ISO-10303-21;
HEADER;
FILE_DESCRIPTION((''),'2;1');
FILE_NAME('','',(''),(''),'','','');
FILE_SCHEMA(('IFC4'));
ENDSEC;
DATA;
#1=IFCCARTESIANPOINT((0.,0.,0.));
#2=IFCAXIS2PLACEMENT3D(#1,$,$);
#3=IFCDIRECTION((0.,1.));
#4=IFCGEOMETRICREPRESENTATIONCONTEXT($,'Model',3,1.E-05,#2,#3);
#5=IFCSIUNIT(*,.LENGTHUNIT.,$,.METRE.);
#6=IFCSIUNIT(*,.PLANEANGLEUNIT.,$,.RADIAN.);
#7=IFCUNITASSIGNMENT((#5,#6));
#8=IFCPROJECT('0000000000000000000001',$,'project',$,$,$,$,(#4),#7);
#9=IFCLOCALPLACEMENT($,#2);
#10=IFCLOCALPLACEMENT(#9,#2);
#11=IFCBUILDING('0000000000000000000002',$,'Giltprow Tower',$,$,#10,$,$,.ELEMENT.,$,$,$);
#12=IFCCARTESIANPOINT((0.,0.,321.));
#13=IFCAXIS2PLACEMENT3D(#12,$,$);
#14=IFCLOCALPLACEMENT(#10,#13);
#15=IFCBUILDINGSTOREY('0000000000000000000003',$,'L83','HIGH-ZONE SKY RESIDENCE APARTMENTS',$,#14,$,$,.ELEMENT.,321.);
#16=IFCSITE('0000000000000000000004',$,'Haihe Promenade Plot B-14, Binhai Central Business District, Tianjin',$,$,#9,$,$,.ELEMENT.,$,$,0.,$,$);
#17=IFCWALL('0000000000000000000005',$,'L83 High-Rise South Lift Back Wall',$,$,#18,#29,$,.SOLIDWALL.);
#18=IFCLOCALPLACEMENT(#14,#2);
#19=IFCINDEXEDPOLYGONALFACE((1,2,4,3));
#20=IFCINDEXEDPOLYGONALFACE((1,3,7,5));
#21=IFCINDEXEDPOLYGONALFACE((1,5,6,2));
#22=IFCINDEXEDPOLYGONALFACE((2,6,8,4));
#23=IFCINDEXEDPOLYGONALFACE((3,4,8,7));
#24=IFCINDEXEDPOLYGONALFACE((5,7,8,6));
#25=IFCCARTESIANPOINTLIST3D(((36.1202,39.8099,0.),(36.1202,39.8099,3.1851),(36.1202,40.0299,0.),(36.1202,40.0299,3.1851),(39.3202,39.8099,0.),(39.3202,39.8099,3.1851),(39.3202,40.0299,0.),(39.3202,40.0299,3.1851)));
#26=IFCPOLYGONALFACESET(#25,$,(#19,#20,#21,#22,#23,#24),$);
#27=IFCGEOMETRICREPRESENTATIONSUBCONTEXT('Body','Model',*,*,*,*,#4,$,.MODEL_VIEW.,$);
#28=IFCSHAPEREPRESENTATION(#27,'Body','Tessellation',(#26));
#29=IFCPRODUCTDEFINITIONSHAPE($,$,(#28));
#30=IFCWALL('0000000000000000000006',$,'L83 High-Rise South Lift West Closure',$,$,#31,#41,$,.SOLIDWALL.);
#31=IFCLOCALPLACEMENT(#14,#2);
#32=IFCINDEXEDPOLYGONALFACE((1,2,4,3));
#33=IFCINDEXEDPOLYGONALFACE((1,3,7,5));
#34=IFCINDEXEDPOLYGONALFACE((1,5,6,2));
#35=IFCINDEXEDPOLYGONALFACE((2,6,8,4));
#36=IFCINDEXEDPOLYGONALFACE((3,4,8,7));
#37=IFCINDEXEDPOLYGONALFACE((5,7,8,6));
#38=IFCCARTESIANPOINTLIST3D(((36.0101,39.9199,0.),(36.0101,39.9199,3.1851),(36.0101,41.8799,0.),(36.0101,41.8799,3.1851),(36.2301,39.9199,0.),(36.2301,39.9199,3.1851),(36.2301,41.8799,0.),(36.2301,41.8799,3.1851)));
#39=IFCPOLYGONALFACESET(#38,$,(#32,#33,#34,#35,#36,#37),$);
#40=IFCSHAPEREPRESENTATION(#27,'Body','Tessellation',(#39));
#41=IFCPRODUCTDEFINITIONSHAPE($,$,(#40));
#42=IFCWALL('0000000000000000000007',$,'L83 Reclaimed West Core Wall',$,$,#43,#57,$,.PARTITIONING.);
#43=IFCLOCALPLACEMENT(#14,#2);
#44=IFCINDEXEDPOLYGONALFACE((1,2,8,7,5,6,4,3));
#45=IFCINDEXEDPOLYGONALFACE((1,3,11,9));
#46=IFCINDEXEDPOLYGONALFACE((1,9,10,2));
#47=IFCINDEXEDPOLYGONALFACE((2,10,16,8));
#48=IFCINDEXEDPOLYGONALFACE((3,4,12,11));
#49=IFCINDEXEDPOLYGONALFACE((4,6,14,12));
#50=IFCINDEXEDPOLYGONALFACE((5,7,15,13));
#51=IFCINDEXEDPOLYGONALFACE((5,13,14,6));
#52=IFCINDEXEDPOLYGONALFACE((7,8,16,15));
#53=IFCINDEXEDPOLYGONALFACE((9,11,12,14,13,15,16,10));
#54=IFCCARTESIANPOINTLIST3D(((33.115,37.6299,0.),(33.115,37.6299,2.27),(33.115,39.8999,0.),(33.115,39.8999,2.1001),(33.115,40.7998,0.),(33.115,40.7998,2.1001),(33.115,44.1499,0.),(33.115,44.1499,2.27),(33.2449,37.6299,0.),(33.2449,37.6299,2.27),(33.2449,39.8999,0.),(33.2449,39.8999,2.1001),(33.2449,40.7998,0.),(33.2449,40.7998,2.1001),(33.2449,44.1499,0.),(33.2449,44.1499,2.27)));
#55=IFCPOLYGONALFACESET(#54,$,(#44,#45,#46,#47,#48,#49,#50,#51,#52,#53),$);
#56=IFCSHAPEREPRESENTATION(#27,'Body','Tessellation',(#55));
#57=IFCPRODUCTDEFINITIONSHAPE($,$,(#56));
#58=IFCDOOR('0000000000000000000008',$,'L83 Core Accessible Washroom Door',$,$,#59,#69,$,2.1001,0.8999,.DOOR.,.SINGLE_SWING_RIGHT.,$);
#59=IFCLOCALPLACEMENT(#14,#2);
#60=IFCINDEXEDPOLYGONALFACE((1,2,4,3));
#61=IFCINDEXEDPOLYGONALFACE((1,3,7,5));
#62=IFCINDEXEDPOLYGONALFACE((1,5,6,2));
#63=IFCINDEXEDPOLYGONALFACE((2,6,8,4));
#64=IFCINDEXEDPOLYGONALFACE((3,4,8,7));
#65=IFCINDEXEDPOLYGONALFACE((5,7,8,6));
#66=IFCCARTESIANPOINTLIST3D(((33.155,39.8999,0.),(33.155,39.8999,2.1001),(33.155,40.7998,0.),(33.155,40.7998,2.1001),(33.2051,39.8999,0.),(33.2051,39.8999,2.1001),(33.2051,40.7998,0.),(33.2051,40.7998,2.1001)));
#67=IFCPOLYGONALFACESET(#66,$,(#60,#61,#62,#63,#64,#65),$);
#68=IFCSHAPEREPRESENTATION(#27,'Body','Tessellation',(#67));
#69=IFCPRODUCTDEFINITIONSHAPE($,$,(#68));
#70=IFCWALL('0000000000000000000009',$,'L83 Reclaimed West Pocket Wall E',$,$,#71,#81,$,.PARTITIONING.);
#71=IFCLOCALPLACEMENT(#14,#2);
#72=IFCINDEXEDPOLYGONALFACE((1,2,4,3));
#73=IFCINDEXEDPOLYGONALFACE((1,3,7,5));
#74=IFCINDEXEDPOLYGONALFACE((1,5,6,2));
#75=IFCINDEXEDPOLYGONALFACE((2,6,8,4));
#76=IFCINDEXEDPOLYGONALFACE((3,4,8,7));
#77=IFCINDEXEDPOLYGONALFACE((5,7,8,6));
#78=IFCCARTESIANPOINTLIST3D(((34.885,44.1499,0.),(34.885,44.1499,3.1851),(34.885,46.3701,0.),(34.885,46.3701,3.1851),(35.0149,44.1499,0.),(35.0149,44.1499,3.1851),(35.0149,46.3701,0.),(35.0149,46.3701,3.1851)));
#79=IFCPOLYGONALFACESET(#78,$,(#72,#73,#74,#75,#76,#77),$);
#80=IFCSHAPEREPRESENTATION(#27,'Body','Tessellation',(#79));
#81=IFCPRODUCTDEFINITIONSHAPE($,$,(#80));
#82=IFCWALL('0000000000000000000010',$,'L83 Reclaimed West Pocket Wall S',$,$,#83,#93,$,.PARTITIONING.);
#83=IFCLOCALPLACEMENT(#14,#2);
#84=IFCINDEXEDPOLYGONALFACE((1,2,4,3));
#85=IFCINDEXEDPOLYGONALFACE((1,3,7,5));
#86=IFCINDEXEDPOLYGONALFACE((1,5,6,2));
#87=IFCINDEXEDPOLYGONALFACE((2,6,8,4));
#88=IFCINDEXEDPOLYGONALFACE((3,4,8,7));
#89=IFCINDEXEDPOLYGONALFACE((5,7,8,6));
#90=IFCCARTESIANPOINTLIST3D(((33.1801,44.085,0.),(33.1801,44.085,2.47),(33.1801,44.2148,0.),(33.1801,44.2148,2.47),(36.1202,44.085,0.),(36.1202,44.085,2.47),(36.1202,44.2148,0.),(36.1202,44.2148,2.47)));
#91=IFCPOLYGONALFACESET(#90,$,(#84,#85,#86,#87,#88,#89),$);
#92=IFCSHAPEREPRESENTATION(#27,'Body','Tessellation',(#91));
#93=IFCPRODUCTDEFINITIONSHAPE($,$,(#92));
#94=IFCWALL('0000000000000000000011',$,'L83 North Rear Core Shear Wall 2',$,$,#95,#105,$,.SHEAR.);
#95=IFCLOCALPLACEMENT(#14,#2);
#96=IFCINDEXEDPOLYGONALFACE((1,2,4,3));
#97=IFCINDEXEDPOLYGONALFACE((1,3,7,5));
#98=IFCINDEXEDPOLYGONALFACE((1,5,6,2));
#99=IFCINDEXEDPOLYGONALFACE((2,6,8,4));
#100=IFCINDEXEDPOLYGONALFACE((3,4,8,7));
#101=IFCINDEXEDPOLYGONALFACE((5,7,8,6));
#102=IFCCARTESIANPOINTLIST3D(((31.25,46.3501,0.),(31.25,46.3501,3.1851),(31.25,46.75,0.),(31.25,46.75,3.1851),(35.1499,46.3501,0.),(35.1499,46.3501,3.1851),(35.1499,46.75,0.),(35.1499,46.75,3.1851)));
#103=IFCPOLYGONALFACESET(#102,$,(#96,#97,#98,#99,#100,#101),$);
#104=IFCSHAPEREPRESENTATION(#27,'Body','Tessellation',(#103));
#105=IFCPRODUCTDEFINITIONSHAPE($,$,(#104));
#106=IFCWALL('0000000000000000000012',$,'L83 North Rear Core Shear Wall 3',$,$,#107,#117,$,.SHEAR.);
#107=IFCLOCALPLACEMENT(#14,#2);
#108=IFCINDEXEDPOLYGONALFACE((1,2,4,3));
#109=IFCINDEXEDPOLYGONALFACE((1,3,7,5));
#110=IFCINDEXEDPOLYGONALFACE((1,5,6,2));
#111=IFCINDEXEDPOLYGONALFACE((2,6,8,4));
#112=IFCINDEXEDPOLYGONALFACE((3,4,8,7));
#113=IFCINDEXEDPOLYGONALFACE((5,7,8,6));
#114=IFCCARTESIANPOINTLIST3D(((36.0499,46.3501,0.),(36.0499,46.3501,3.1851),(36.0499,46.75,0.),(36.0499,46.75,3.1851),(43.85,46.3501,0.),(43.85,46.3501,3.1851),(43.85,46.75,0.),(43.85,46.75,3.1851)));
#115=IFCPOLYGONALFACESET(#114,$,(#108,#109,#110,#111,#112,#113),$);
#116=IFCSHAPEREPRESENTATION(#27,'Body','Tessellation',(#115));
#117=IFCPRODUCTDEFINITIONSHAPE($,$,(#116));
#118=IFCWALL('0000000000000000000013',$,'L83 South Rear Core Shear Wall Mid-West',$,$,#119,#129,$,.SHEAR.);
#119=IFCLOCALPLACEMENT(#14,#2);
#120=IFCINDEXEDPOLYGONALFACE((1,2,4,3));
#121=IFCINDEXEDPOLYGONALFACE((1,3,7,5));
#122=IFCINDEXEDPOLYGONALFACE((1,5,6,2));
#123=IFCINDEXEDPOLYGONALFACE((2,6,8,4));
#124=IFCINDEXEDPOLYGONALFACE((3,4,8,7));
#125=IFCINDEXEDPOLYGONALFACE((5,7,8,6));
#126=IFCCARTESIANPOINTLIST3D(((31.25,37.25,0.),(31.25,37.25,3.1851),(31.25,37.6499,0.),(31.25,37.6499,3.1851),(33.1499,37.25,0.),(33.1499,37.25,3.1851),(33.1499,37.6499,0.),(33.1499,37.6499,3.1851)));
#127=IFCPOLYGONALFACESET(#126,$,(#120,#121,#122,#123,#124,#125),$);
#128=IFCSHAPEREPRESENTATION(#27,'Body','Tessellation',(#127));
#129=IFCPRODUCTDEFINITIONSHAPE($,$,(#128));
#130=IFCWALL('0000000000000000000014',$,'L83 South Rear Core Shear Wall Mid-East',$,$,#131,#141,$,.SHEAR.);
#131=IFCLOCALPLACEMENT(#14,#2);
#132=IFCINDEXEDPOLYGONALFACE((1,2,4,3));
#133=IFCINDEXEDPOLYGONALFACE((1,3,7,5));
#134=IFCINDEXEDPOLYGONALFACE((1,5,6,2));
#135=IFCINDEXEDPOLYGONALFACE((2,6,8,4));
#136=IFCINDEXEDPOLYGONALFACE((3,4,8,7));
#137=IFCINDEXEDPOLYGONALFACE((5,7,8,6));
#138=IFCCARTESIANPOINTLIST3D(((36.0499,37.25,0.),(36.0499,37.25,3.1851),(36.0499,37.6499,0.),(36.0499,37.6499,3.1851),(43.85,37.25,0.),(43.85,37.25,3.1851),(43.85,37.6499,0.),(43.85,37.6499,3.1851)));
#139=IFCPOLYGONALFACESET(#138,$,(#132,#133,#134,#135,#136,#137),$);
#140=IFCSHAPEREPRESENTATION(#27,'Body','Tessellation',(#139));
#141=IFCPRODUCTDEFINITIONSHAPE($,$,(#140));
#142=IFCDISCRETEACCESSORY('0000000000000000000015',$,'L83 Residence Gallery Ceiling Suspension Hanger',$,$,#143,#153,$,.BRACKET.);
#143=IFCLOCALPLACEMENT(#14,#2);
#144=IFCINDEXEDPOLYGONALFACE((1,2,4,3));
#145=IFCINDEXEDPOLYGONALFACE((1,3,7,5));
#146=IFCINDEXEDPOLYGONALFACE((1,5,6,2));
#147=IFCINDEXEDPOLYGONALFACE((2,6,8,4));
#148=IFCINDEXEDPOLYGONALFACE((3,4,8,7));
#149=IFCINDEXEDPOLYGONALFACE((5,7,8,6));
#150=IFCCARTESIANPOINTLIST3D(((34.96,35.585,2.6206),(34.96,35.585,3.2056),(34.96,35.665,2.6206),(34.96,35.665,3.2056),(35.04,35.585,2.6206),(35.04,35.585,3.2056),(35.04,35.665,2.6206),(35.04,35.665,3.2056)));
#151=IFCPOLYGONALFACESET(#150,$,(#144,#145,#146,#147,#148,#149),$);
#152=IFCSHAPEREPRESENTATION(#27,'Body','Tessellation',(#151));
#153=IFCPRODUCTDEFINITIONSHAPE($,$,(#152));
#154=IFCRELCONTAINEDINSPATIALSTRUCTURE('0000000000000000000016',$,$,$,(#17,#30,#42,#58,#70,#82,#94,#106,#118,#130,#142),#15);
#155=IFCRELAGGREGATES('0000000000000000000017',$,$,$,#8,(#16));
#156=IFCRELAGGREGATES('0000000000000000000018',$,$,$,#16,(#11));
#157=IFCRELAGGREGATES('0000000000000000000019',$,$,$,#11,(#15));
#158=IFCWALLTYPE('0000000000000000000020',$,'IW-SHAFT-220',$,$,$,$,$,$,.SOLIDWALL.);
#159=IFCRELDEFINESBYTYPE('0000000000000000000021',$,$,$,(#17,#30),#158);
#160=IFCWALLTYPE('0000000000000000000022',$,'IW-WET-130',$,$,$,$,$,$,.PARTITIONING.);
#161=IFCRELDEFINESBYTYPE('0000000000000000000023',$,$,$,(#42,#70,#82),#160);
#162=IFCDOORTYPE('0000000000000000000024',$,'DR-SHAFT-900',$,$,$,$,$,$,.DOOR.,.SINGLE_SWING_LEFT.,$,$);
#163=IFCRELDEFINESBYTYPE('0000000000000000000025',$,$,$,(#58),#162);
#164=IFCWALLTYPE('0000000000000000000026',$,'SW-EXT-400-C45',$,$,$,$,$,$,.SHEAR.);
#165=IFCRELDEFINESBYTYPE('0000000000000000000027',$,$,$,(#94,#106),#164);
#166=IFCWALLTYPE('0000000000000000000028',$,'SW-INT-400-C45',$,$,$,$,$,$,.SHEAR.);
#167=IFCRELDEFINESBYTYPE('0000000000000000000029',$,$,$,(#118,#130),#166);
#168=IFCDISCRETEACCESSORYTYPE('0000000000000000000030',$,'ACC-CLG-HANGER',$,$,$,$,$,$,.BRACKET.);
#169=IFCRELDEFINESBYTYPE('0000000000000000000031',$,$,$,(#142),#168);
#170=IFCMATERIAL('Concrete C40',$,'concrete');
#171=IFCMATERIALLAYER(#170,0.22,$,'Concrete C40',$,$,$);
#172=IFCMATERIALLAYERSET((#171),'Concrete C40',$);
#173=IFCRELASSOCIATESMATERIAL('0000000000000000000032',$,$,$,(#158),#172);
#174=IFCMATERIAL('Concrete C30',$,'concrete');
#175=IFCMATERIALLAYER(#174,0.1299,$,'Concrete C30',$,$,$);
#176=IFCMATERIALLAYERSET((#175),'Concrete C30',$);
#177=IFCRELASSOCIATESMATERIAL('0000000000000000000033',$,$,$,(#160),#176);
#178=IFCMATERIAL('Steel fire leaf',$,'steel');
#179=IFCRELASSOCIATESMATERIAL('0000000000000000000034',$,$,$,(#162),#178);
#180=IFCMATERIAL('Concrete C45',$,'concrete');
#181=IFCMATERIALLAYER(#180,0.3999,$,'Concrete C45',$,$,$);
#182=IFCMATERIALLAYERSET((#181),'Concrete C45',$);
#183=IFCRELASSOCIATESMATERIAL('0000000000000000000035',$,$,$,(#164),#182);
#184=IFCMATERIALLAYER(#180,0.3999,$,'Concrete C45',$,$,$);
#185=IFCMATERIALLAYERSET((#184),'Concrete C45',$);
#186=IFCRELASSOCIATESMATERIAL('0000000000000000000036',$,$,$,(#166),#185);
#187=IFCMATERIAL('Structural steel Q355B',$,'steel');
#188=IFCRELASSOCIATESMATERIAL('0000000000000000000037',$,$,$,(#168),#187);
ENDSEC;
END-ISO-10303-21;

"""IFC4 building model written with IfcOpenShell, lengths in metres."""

from ifc_helpers import new_model, si_unit, direction, frame, frame_2d, origin, origin_2d, place, context, subcontext, project, spatial, rectangle, extrude, source, transform, mapped, material, layer, layer_set, type_object, element, fill, save


model = new_model("IFC4")

# Units and contexts
model_context = context("Model", 3, precision=1e-05, world=origin(), true_north=direction((0.0, 1.0)))
body_context = subcontext(model_context, "Body", "Model", "MODEL_VIEW")
ifc_project = project(units=[si_unit("LENGTHUNIT", "METRE"), si_unit("PLANEANGLEUNIT", "RADIAN")], contexts=[model_context])

# Site, building, storey
site_placement = place(None, origin())
site = spatial("IfcSite", under=ifc_project, at=site_placement, Name="Haihe Promenade Plot B-14, Binhai Central Business District, Tianjin", CompositionType="ELEMENT", RefElevation=0.0)
building_placement = place(site_placement, origin())
building = spatial("IfcBuilding", under=site, at=building_placement, Name="Giltprow Tower", CompositionType="ELEMENT")
storey_placement = place(building_placement, frame((0.0, 0.0, 321.0)))
storey = spatial("IfcBuildingStorey", under=building, at=storey_placement, Name="L83", Description="HIGH-ZONE SKY RESIDENCE APARTMENTS", CompositionType="ELEMENT", Elevation=321.0)

# Shared definitions
ifc_material_1 = material(Name="Concrete C45", Category="concrete")

# Shared definitions
ifc_material_2 = material(Name="Structural steel Q355B", Category="steel")

# Shared definitions
ifc_material_3 = material(Name="Concrete C40", Category="concrete")
ifc_layer_1 = layer(ifc_material_3, 0.22, Name="Concrete C40")
ifc_layer_set_1 = layer_set([ifc_layer_1], Name="Concrete C40")
wall_type_1 = type_object("IfcWallType", Name="IW-SHAFT-220", PredefinedType="SOLIDWALL", material=ifc_layer_set_1)

# Walls
wall_1_placement = place(storey_placement, frame((36.1201, 39.9199, 0.0), z_axis=(0.0, 0.0, 1.0), x_axis=(1.0, 0.0, 0.0)))
element("IfcWall", 1, at=wall_1_placement, inside=storey, type_object=wall_type_1, Name="L83 High-Rise South Lift Back Wall", PredefinedType="SOLIDWALL", context=body_context, shape_type="SweptSolid", body=[
    extrude(rectangle(XDim=3.2, YDim=0.22, at=frame_2d((1.6001, 0.0))), origin(), (0.0, 0.0, 1.0), 3.1851),
])
wall_2_placement = place(storey_placement, frame((36.1201, 39.9199, 0.0), z_axis=(0.0, 0.0, 1.0), x_axis=(0.0, 1.0, 0.0)))
element("IfcWall", 2, at=wall_2_placement, inside=storey, type_object=wall_type_1, Name="L83 High-Rise South Lift West Closure", PredefinedType="SOLIDWALL", context=body_context, shape_type="SweptSolid", body=[
    extrude(rectangle(XDim=1.96, YDim=0.22, at=frame_2d((0.98, 0.0))), origin(), (0.0, 0.0, 1.0), 3.1851),
])

# Wall, opening, door
ifc_material_4 = material(Name="Concrete C30", Category="concrete")
ifc_layer_2 = layer(ifc_material_4, 0.1299, Name="Concrete C30")
ifc_layer_set_2 = layer_set([ifc_layer_2], Name="Concrete C30")
wall_type_2 = type_object("IfcWallType", Name="IW-WET-130", PredefinedType="PARTITIONING", material=ifc_layer_set_2)
wall_3_placement = place(storey_placement, frame((33.1799, 37.6299, 0.0), z_axis=(0.0, 0.0, 1.0), x_axis=(0.0, 1.0, 0.0)))
wall_3 = element("IfcWall", 3, at=wall_3_placement, inside=storey, type_object=wall_type_2, Name="L83 Reclaimed West Core Wall", PredefinedType="PARTITIONING", context=body_context, shape_type="SweptSolid", body=[
    extrude(rectangle(XDim=6.52, YDim=0.1299, at=frame_2d((3.26, 0.0))), origin(), (0.0, 0.0, 1.0), 2.27),
])
opening_1_placement = place(wall_3_placement, frame((2.27, 0.0, 0.0)))
opening_1 = element("IfcOpeningElement", 4, at=opening_1_placement, cuts=wall_3, PredefinedType="OPENING", context=body_context, shape_type="SweptSolid", body=[
    extrude(rectangle(XDim=0.8999, YDim=2.1001, at=frame_2d((0.45, 1.05))), frame((0.0, 0.075, 0.0), z_axis=(0.0, -1.0, 0.0), x_axis=(1.0, 0.0, 0.0)), (0.0, 0.0, 1.0), 0.1499),
])
ifc_material_5 = material(Name="Steel fire leaf", Category="steel")
door_type_1 = type_object("IfcDoorType", Name="DR-SHAFT-900", OperationType="SINGLE_SWING_LEFT", PredefinedType="DOOR", material=ifc_material_5)
shared_shape_1 = source(origin(), body_context, "Body", "SweptSolid", [
    extrude(rectangle(XDim=0.8999, YDim=2.1001, at=frame_2d((0.45, 1.05))), frame((0.0, 0.0249, 0.0), z_axis=(0.0, -1.0, 0.0), x_axis=(1.0, 0.0, 0.0)), (0.0, 0.0, 1.0), 0.05),
])
door_1_placement = place(opening_1_placement, origin())
door_1 = element("IfcDoor", 5, at=door_1_placement, inside=storey, type_object=door_type_1, Name="L83 Core Accessible Washroom Door", OperationType="SINGLE_SWING_RIGHT", OverallHeight=2.1001, OverallWidth=0.8999, PredefinedType="DOOR", context=body_context, shape_type="MappedRepresentation", body=[
    mapped(shared_shape_1, transform((0.0, 0.0, 0.0), x_axis=(1.0, 0.0, 0.0), y_axis=(0.0, 1.0, 0.0), z_axis=(0.0, 0.0, 1.0), scale=1.0)),
])
fill(opening_1, door_1)

# Walls
wall_4_placement = place(storey_placement, frame((34.95, 44.1499, 0.0), z_axis=(0.0, 0.0, 1.0), x_axis=(0.0, 1.0, 0.0)))
element("IfcWall", 6, at=wall_4_placement, inside=storey, type_object=wall_type_2, Name="L83 Reclaimed West Pocket Wall E", PredefinedType="PARTITIONING", context=body_context, shape_type="SweptSolid", body=[
    extrude(rectangle(XDim=2.2202, YDim=0.1299, at=frame_2d((1.1101, 0.0))), origin(), (0.0, 0.0, 1.0), 3.1851),
])
wall_5_placement = place(storey_placement, frame((33.1799, 44.1499, 0.0), z_axis=(0.0, 0.0, 1.0), x_axis=(1.0, 0.0, 0.0)))
element("IfcWall", 7, at=wall_5_placement, inside=storey, type_object=wall_type_2, Name="L83 Reclaimed West Pocket Wall S", PredefinedType="PARTITIONING", context=body_context, shape_type="SweptSolid", body=[
    extrude(rectangle(XDim=2.9402, YDim=0.1299, at=frame_2d((1.4702, 0.0))), origin(), (0.0, 0.0, 1.0), 2.47),
])
ifc_layer_3 = layer(ifc_material_1, 0.3999, Name="Concrete C45")
ifc_layer_set_3 = layer_set([ifc_layer_3], Name="Concrete C45")
wall_type_3 = type_object("IfcWallType", Name="SW-EXT-400-C45", PredefinedType="SHEAR", material=ifc_layer_set_3)
wall_6_placement = place(storey_placement, frame((31.25, 46.55, 0.0), z_axis=(0.0, 0.0, 1.0), x_axis=(1.0, 0.0, 0.0)))
element("IfcWall", 8, at=wall_6_placement, inside=storey, type_object=wall_type_3, Name="L83 North Rear Core Shear Wall 2", PredefinedType="SHEAR", context=body_context, shape_type="SweptSolid", body=[
    extrude(rectangle(XDim=3.8999, YDim=0.3999, at=frame_2d((1.95, 0.0))), origin(), (0.0, 0.0, 1.0), 3.1851),
])
wall_7_placement = place(storey_placement, frame((36.05, 46.55, 0.0), z_axis=(0.0, 0.0, 1.0), x_axis=(1.0, 0.0, 0.0)))
element("IfcWall", 9, at=wall_7_placement, inside=storey, type_object=wall_type_3, Name="L83 North Rear Core Shear Wall 3", PredefinedType="SHEAR", context=body_context, shape_type="SweptSolid", body=[
    extrude(rectangle(XDim=7.8, YDim=0.3999, at=frame_2d((3.8999, 0.0))), origin(), (0.0, 0.0, 1.0), 3.1851),
])
ifc_layer_4 = layer(ifc_material_1, 0.3999, Name="Concrete C45")
ifc_layer_set_4 = layer_set([ifc_layer_4], Name="Concrete C45")
wall_type_4 = type_object("IfcWallType", Name="SW-INT-400-C45", PredefinedType="SHEAR", material=ifc_layer_set_4)
wall_8_placement = place(storey_placement, frame((31.25, 37.45, 0.0), z_axis=(0.0, 0.0, 1.0), x_axis=(1.0, 0.0, 0.0)))
element("IfcWall", 10, at=wall_8_placement, inside=storey, type_object=wall_type_4, Name="L83 South Rear Core Shear Wall Mid-West", PredefinedType="SHEAR", context=body_context, shape_type="SweptSolid", body=[
    extrude(rectangle(XDim=1.8999, YDim=0.3999, at=frame_2d((0.95, 0.0))), origin(), (0.0, 0.0, 1.0), 3.1851),
])
wall_9_placement = place(storey_placement, frame((36.05, 37.45, 0.0), z_axis=(0.0, 0.0, 1.0), x_axis=(1.0, 0.0, 0.0)))
element("IfcWall", 11, at=wall_9_placement, inside=storey, type_object=wall_type_4, Name="L83 South Rear Core Shear Wall Mid-East", PredefinedType="SHEAR", context=body_context, shape_type="SweptSolid", body=[
    extrude(rectangle(XDim=7.8, YDim=0.3999, at=frame_2d((3.8999, 0.0))), origin(), (0.0, 0.0, 1.0), 3.1851),
])

# Discrete accessory
discrete_accessory_type = type_object("IfcDiscreteAccessoryType", Name="ACC-CLG-HANGER", PredefinedType="BRACKET", material=ifc_material_2)
shared_shape_2 = source(origin(), body_context, "Body", "SweptSolid", [
    extrude(rectangle(XDim=0.0801, YDim=0.0801, at=origin_2d()), origin(), (0.0, 0.0, 1.0), 0.585),
])
discrete_accessory_placement = place(storey_placement, frame((35.0, 35.625, 2.6206), z_axis=(0.0, 0.0, 1.0), x_axis=(1.0, 0.0, 0.0)))
element("IfcDiscreteAccessory", 12, at=discrete_accessory_placement, inside=storey, type_object=discrete_accessory_type, Name="L83 Residence Gallery Ceiling Suspension Hanger", PredefinedType="BRACKET", context=body_context, shape_type="MappedRepresentation", body=[
    mapped(shared_shape_2, transform((0.0, 0.0, 0.0), x_axis=(1.0, 0.0, 0.0), y_axis=(0.0, 1.0, 0.0), z_axis=(0.0, 0.0, 1.0), scale=1.0)),
])

save(model, "model.ifc")
